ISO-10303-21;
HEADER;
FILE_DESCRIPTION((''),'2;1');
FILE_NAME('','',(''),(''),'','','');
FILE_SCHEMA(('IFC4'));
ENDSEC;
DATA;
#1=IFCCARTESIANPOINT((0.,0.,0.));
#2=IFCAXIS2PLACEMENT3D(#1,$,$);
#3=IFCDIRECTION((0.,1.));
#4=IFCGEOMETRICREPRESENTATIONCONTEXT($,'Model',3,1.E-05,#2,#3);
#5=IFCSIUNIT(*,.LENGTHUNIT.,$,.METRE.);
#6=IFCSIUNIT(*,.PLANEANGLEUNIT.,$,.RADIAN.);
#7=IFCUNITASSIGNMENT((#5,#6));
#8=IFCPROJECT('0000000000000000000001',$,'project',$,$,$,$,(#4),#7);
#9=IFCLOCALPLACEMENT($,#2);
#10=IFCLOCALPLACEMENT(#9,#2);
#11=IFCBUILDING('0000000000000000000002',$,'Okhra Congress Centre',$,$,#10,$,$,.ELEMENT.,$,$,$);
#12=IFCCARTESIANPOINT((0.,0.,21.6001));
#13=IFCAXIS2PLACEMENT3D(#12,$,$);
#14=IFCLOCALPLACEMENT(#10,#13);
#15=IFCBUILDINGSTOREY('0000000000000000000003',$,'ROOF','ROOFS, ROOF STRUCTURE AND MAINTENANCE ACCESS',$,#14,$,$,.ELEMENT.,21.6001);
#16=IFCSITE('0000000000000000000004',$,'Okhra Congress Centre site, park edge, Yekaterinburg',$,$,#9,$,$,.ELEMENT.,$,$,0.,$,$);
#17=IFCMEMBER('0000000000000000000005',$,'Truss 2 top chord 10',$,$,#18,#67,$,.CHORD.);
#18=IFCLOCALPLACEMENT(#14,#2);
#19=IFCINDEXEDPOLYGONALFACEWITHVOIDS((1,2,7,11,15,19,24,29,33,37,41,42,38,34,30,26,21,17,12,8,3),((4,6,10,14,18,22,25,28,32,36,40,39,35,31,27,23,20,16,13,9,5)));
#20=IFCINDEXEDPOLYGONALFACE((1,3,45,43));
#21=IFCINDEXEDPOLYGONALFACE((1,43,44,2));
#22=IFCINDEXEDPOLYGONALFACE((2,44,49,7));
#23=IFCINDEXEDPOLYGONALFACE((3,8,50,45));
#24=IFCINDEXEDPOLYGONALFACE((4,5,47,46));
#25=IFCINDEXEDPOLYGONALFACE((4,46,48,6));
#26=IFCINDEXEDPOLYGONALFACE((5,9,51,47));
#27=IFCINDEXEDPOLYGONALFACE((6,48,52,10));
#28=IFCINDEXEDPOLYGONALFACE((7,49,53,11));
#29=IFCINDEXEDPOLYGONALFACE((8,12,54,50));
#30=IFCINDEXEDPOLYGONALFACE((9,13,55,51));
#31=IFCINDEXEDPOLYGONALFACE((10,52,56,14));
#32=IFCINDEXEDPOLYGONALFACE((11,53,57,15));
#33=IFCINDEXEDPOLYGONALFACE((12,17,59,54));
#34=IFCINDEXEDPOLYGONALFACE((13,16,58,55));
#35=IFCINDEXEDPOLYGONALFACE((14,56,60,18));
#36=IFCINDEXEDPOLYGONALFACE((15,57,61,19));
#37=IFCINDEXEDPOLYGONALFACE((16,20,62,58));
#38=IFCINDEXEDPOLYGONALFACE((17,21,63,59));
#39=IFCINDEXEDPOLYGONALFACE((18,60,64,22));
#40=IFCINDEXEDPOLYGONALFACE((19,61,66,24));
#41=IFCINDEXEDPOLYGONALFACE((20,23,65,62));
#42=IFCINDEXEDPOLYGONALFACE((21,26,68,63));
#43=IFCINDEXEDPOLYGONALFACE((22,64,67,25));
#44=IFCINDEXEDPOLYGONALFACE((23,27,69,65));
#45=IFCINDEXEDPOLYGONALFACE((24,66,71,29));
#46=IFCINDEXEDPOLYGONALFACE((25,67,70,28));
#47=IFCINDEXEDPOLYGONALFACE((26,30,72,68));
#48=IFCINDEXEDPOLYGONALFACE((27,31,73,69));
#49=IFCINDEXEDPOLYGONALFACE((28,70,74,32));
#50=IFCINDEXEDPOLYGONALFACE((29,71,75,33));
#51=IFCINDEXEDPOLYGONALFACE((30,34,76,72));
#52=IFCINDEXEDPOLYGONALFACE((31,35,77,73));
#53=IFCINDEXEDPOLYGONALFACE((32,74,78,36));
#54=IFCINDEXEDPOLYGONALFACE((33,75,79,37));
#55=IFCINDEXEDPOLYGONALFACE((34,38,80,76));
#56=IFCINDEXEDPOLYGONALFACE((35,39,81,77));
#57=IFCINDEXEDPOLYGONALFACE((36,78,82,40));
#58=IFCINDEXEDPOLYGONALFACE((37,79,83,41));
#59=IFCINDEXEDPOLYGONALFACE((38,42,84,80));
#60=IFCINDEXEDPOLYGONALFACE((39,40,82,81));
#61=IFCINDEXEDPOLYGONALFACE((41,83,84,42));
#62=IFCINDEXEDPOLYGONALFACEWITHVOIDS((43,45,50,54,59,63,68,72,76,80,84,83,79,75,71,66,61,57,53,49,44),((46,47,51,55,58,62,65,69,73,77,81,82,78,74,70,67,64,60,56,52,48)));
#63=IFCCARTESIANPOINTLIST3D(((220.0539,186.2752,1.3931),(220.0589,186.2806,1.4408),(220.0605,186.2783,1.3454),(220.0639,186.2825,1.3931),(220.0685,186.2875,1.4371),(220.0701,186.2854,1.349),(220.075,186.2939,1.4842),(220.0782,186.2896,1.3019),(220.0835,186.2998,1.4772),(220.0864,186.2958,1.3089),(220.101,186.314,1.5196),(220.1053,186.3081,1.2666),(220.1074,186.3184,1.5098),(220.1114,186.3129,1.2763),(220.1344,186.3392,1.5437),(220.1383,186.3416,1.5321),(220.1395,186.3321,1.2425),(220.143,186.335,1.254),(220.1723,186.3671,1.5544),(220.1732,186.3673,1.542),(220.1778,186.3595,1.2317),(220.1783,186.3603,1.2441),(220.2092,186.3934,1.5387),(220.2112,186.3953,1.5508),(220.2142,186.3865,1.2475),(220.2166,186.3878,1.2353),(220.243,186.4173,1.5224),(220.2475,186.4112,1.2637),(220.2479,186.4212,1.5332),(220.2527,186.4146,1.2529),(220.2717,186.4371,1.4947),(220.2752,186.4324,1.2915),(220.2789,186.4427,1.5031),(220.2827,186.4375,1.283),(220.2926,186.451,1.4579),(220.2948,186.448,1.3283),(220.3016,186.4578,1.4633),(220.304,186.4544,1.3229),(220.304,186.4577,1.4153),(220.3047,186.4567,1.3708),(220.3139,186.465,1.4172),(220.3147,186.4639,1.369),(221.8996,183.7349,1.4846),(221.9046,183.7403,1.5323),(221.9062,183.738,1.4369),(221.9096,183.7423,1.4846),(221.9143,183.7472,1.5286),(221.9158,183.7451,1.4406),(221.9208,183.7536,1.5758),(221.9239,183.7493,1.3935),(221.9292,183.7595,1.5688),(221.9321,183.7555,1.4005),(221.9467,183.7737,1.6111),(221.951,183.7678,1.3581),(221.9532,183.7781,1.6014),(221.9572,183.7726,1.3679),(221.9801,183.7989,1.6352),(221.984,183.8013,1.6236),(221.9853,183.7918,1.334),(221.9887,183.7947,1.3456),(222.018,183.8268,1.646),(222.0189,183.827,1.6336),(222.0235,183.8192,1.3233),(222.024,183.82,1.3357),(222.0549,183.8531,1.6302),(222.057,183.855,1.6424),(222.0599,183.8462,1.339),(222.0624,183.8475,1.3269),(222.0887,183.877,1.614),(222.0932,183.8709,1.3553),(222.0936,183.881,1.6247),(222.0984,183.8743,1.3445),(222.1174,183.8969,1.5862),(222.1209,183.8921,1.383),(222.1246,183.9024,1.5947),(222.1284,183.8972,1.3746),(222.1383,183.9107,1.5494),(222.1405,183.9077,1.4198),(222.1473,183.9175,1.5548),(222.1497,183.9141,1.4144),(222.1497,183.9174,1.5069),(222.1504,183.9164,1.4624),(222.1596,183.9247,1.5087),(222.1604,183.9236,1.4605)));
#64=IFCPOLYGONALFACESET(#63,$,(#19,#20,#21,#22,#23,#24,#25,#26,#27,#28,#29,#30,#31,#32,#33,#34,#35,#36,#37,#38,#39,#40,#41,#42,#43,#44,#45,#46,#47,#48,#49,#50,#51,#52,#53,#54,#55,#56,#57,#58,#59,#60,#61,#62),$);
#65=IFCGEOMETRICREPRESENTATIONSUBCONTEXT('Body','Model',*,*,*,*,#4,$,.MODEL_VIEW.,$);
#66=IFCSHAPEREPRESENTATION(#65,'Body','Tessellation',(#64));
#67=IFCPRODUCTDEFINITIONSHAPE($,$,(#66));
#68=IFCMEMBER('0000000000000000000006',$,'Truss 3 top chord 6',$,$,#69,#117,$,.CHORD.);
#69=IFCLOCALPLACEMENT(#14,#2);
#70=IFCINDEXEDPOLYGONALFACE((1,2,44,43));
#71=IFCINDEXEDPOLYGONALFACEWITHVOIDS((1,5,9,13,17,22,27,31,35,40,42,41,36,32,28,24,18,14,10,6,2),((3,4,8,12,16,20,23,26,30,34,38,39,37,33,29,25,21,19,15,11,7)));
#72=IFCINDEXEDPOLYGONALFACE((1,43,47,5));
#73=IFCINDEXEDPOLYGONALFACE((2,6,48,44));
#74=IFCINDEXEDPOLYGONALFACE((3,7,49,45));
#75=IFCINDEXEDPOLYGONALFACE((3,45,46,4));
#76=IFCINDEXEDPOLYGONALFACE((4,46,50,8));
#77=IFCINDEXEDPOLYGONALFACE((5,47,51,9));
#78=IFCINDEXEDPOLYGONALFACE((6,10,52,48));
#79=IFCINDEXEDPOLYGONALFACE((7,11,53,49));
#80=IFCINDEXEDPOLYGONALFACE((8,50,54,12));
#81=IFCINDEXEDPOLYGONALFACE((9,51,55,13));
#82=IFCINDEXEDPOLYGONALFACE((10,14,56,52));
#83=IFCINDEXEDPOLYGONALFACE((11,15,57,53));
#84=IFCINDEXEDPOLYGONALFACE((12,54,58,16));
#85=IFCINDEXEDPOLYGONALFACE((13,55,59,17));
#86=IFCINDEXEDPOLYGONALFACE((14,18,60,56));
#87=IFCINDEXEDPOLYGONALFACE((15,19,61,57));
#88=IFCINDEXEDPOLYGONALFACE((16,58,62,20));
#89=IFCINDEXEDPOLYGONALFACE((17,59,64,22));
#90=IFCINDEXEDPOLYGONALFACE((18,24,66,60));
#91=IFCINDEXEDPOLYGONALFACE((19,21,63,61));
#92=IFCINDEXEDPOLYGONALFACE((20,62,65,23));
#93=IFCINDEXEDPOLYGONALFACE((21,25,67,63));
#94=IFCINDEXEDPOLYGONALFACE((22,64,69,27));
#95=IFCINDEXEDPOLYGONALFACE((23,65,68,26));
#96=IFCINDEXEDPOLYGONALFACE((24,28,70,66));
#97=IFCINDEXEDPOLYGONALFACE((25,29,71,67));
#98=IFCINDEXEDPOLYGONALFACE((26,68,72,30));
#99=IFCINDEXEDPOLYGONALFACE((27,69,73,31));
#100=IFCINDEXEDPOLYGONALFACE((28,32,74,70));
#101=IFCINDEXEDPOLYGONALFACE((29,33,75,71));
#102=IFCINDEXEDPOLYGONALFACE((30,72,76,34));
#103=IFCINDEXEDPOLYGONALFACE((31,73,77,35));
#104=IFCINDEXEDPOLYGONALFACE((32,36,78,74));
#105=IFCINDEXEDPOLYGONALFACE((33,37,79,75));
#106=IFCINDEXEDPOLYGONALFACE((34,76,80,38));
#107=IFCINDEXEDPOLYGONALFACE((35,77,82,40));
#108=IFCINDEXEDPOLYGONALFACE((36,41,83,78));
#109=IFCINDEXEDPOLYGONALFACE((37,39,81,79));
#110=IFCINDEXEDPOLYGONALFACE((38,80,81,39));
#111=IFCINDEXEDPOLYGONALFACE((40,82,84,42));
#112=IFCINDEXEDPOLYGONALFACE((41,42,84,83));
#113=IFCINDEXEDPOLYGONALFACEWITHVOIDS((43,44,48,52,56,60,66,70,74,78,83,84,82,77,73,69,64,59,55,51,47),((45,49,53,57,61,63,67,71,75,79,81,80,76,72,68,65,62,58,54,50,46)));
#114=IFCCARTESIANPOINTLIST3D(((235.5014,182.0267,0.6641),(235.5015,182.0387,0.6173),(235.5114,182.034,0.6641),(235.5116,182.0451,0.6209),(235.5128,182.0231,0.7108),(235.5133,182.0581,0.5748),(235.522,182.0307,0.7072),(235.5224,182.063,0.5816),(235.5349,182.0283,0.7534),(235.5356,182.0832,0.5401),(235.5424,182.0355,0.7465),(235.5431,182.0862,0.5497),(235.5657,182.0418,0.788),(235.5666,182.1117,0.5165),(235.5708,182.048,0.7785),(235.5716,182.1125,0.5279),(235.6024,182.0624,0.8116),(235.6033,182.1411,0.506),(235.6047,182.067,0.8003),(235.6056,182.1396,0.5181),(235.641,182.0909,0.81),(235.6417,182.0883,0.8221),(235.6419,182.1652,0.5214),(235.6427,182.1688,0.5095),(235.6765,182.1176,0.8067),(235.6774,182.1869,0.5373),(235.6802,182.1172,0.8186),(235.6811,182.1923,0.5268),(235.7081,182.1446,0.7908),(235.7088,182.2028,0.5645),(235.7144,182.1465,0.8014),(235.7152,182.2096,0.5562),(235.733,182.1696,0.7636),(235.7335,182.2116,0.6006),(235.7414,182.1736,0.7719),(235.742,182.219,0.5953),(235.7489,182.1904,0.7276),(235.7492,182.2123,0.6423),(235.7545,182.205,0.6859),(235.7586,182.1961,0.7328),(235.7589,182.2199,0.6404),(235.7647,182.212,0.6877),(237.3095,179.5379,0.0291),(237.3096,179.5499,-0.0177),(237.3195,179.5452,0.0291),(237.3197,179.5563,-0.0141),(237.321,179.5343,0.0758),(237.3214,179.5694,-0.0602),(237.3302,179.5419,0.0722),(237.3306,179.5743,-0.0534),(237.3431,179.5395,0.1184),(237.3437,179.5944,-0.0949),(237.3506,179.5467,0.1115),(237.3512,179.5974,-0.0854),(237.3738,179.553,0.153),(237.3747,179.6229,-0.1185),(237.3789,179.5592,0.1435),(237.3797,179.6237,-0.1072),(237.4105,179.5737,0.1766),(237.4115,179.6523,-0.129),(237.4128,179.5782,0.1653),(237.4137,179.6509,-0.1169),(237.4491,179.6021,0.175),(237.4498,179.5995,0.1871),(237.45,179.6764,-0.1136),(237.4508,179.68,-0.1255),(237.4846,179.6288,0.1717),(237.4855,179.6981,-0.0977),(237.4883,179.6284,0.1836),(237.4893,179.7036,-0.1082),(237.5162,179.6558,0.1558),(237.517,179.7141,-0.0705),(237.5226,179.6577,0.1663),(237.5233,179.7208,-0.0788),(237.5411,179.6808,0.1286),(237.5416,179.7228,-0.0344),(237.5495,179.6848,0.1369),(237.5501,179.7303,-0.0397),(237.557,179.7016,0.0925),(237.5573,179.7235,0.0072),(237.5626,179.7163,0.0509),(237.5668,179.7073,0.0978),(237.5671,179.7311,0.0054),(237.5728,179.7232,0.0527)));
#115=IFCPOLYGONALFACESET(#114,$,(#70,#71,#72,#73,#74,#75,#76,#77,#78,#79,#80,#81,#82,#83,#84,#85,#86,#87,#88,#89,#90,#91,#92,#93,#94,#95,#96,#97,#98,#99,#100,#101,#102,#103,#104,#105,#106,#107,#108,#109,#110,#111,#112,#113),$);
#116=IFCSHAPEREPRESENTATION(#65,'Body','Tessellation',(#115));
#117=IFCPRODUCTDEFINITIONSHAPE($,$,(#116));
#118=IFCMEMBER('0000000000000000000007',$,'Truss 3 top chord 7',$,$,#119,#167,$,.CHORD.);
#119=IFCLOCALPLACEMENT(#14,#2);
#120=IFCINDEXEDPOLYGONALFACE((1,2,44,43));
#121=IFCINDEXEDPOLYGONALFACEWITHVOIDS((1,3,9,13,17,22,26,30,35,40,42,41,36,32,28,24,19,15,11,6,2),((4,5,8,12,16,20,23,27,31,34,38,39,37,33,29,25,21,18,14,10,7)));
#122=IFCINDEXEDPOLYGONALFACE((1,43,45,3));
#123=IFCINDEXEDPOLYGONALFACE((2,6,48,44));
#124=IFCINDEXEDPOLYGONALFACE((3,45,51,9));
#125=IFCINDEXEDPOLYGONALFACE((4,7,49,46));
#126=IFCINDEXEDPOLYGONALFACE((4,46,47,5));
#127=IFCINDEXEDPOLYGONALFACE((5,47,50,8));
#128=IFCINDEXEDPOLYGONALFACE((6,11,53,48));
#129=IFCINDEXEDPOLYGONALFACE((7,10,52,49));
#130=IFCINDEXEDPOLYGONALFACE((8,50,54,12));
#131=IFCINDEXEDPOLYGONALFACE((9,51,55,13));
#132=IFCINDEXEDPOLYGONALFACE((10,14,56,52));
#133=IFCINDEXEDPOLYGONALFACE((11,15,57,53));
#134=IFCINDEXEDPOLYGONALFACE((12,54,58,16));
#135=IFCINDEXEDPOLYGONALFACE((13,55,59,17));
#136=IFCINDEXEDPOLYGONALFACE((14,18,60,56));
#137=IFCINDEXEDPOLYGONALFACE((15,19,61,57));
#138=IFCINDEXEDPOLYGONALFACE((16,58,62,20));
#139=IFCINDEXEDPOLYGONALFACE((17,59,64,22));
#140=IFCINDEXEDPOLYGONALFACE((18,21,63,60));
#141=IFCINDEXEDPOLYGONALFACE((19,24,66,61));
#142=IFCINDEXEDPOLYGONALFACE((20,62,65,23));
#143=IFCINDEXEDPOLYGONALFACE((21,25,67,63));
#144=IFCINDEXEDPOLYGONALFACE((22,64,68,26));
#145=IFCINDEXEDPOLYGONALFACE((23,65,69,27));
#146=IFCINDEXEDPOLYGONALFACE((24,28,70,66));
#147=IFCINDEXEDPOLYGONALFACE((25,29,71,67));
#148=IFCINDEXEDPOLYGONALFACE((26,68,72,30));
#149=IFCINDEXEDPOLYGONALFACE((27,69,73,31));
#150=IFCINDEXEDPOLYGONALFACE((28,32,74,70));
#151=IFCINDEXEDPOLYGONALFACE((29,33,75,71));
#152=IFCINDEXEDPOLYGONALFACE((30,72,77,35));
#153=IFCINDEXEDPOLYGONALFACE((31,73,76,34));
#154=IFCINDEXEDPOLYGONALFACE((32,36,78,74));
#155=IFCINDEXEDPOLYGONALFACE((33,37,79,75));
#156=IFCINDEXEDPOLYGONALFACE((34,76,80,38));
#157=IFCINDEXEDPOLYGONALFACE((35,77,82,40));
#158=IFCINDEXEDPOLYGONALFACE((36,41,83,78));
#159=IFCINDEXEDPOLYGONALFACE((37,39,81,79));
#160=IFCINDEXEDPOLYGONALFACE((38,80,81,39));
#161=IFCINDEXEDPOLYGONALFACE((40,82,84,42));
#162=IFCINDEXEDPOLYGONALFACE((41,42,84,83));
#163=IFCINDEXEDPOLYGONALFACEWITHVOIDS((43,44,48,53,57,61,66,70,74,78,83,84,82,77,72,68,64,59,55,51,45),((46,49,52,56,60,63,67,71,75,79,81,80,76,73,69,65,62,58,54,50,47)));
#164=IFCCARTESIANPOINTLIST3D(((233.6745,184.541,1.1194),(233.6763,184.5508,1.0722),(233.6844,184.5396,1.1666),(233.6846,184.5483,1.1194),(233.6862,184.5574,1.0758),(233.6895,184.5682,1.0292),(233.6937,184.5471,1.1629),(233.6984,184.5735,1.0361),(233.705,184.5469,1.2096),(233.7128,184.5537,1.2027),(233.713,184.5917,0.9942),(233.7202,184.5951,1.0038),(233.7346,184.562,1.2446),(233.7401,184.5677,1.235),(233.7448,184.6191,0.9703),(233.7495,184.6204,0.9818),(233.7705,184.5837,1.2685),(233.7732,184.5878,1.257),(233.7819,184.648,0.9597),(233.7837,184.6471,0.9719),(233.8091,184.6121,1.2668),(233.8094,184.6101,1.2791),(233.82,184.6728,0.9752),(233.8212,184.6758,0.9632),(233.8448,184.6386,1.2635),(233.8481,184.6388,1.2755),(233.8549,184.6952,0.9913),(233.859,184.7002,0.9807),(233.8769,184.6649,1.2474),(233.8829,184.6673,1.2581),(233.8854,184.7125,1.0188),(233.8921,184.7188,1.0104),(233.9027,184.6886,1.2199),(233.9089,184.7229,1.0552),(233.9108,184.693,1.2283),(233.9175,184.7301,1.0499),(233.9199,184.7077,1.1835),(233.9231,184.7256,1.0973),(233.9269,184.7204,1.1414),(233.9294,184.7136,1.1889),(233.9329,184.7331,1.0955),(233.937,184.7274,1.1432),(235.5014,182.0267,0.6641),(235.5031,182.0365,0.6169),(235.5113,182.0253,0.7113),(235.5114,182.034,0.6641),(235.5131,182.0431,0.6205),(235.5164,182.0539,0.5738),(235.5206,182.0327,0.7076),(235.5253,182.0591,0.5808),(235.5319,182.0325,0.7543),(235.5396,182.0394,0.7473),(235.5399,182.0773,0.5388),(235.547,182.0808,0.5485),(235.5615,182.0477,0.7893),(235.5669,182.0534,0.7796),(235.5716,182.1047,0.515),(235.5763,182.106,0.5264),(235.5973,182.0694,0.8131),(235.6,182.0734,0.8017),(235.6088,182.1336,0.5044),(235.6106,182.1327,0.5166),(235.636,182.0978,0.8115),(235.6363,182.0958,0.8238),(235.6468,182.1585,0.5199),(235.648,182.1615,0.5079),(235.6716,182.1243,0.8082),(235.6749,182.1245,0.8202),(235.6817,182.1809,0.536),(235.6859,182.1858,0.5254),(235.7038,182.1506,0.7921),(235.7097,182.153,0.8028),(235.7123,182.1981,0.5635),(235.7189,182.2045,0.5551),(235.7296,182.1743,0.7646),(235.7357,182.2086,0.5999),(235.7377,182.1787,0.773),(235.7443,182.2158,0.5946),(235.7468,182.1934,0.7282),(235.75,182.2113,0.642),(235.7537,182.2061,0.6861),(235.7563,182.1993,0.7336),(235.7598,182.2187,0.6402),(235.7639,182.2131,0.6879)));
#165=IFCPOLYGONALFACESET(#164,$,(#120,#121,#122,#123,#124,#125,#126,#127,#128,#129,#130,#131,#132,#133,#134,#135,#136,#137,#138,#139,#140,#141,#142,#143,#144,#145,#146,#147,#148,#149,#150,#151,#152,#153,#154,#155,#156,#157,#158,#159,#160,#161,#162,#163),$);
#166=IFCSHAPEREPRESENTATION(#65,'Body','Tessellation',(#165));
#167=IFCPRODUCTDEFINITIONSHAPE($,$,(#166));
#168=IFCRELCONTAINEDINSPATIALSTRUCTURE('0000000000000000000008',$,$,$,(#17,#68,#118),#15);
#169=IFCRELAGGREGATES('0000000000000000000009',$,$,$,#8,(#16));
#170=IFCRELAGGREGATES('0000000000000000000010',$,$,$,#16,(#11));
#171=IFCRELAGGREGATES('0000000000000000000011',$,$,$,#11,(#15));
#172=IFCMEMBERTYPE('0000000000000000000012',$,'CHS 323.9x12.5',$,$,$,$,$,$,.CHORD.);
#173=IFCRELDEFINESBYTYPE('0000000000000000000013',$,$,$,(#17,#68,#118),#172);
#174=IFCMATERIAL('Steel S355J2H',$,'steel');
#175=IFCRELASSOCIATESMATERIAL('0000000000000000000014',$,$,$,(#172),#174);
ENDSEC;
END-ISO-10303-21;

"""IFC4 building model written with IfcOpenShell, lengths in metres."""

from ifc_helpers import new_model, si_unit, direction, frame, origin, origin_2d, place, context, subcontext, project, spatial, hollow_circle, extrude, material, material_profile, profile_set, type_object, element, save


model = new_model("IFC4")

# Units and contexts
model_context = context("Model", 3, precision=1e-05, world=origin(), true_north=direction((0.0, 1.0)))
body_context = subcontext(model_context, "Body", "Model", "MODEL_VIEW")
ifc_project = project(units=[si_unit("LENGTHUNIT", "METRE"), si_unit("PLANEANGLEUNIT", "RADIAN")], contexts=[model_context])

# Site, building, storey
site_placement = place(None, origin())
site = spatial("IfcSite", under=ifc_project, at=site_placement, Name="Okhra Congress Centre site, park edge, Yekaterinburg", CompositionType="ELEMENT", RefElevation=0.0)
building_placement = place(site_placement, origin())
building = spatial("IfcBuilding", under=site, at=building_placement, Name="Okhra Congress Centre", CompositionType="ELEMENT")
storey_placement = place(building_placement, frame((0.0, 0.0, 21.6001)))
storey = spatial("IfcBuildingStorey", under=building, at=storey_placement, Name="ROOF", Description="ROOFS, ROOF STRUCTURE AND MAINTENANCE ACCESS", CompositionType="ELEMENT", Elevation=21.6001)

# Members
ifc_material_1 = material(Name="Steel S355J2H", Category="steel")
ifc_material_profile_1 = material_profile(ifc_material_1, hollow_circle(Radius=0.1619, WallThickness=0.0125, at=origin_2d()), Name="CHS 323.9x12.5")
ifc_profile_set_1 = profile_set([ifc_material_profile_1], Name="Steel S355J2H")
member_type_1 = type_object("IfcMemberType", Name="CHS 323.9x12.5", PredefinedType="CHORD", material=ifc_profile_set_1)
member_1_placement = place(storey_placement, frame((222.0305, 183.8301, 1.4846), z_axis=(-0.587552, 0.808661, -0.029144), x_axis=(-0.809005, -0.587802, 0.0)))
element("IfcMember", 1, at=member_1_placement, inside=storey, type_object=member_type_1, Name="Truss 2 top chord 10", PredefinedType="CHORD", context=body_context, shape_type="SweptSolid", body=[
    extrude(hollow_circle(Radius=0.1619, WallThickness=0.0125, at=origin_2d()), origin(), (0.0, 0.0, 1.0), 3.1414),
])
for number, where, z_axis, x_axis, name in (
    (2, (237.4404, 179.6331, 0.0291), (-0.57563, 0.792326, 0.202162), (-0.809031, -0.587766, 0.0), "Truss 3 top chord 6"),
    (3, (235.6323, 182.1218, 0.6641), (-0.581595, 0.80046, 0.144952), (-0.809004, -0.587803, 0.0), "Truss 3 top chord 7"),
):
    element("IfcMember", number, at=place(storey_placement, frame(where, z_axis=z_axis, x_axis=x_axis)), inside=storey, type_object=member_type_1, Name=name, PredefinedType="CHORD", context=body_context, shape_type="SweptSolid", body=[
        extrude(hollow_circle(Radius=0.1619, WallThickness=0.0125, at=origin_2d()), origin(), (0.0, 0.0, 1.0), 3.1411),
    ])

save(model, "model.ifc")
